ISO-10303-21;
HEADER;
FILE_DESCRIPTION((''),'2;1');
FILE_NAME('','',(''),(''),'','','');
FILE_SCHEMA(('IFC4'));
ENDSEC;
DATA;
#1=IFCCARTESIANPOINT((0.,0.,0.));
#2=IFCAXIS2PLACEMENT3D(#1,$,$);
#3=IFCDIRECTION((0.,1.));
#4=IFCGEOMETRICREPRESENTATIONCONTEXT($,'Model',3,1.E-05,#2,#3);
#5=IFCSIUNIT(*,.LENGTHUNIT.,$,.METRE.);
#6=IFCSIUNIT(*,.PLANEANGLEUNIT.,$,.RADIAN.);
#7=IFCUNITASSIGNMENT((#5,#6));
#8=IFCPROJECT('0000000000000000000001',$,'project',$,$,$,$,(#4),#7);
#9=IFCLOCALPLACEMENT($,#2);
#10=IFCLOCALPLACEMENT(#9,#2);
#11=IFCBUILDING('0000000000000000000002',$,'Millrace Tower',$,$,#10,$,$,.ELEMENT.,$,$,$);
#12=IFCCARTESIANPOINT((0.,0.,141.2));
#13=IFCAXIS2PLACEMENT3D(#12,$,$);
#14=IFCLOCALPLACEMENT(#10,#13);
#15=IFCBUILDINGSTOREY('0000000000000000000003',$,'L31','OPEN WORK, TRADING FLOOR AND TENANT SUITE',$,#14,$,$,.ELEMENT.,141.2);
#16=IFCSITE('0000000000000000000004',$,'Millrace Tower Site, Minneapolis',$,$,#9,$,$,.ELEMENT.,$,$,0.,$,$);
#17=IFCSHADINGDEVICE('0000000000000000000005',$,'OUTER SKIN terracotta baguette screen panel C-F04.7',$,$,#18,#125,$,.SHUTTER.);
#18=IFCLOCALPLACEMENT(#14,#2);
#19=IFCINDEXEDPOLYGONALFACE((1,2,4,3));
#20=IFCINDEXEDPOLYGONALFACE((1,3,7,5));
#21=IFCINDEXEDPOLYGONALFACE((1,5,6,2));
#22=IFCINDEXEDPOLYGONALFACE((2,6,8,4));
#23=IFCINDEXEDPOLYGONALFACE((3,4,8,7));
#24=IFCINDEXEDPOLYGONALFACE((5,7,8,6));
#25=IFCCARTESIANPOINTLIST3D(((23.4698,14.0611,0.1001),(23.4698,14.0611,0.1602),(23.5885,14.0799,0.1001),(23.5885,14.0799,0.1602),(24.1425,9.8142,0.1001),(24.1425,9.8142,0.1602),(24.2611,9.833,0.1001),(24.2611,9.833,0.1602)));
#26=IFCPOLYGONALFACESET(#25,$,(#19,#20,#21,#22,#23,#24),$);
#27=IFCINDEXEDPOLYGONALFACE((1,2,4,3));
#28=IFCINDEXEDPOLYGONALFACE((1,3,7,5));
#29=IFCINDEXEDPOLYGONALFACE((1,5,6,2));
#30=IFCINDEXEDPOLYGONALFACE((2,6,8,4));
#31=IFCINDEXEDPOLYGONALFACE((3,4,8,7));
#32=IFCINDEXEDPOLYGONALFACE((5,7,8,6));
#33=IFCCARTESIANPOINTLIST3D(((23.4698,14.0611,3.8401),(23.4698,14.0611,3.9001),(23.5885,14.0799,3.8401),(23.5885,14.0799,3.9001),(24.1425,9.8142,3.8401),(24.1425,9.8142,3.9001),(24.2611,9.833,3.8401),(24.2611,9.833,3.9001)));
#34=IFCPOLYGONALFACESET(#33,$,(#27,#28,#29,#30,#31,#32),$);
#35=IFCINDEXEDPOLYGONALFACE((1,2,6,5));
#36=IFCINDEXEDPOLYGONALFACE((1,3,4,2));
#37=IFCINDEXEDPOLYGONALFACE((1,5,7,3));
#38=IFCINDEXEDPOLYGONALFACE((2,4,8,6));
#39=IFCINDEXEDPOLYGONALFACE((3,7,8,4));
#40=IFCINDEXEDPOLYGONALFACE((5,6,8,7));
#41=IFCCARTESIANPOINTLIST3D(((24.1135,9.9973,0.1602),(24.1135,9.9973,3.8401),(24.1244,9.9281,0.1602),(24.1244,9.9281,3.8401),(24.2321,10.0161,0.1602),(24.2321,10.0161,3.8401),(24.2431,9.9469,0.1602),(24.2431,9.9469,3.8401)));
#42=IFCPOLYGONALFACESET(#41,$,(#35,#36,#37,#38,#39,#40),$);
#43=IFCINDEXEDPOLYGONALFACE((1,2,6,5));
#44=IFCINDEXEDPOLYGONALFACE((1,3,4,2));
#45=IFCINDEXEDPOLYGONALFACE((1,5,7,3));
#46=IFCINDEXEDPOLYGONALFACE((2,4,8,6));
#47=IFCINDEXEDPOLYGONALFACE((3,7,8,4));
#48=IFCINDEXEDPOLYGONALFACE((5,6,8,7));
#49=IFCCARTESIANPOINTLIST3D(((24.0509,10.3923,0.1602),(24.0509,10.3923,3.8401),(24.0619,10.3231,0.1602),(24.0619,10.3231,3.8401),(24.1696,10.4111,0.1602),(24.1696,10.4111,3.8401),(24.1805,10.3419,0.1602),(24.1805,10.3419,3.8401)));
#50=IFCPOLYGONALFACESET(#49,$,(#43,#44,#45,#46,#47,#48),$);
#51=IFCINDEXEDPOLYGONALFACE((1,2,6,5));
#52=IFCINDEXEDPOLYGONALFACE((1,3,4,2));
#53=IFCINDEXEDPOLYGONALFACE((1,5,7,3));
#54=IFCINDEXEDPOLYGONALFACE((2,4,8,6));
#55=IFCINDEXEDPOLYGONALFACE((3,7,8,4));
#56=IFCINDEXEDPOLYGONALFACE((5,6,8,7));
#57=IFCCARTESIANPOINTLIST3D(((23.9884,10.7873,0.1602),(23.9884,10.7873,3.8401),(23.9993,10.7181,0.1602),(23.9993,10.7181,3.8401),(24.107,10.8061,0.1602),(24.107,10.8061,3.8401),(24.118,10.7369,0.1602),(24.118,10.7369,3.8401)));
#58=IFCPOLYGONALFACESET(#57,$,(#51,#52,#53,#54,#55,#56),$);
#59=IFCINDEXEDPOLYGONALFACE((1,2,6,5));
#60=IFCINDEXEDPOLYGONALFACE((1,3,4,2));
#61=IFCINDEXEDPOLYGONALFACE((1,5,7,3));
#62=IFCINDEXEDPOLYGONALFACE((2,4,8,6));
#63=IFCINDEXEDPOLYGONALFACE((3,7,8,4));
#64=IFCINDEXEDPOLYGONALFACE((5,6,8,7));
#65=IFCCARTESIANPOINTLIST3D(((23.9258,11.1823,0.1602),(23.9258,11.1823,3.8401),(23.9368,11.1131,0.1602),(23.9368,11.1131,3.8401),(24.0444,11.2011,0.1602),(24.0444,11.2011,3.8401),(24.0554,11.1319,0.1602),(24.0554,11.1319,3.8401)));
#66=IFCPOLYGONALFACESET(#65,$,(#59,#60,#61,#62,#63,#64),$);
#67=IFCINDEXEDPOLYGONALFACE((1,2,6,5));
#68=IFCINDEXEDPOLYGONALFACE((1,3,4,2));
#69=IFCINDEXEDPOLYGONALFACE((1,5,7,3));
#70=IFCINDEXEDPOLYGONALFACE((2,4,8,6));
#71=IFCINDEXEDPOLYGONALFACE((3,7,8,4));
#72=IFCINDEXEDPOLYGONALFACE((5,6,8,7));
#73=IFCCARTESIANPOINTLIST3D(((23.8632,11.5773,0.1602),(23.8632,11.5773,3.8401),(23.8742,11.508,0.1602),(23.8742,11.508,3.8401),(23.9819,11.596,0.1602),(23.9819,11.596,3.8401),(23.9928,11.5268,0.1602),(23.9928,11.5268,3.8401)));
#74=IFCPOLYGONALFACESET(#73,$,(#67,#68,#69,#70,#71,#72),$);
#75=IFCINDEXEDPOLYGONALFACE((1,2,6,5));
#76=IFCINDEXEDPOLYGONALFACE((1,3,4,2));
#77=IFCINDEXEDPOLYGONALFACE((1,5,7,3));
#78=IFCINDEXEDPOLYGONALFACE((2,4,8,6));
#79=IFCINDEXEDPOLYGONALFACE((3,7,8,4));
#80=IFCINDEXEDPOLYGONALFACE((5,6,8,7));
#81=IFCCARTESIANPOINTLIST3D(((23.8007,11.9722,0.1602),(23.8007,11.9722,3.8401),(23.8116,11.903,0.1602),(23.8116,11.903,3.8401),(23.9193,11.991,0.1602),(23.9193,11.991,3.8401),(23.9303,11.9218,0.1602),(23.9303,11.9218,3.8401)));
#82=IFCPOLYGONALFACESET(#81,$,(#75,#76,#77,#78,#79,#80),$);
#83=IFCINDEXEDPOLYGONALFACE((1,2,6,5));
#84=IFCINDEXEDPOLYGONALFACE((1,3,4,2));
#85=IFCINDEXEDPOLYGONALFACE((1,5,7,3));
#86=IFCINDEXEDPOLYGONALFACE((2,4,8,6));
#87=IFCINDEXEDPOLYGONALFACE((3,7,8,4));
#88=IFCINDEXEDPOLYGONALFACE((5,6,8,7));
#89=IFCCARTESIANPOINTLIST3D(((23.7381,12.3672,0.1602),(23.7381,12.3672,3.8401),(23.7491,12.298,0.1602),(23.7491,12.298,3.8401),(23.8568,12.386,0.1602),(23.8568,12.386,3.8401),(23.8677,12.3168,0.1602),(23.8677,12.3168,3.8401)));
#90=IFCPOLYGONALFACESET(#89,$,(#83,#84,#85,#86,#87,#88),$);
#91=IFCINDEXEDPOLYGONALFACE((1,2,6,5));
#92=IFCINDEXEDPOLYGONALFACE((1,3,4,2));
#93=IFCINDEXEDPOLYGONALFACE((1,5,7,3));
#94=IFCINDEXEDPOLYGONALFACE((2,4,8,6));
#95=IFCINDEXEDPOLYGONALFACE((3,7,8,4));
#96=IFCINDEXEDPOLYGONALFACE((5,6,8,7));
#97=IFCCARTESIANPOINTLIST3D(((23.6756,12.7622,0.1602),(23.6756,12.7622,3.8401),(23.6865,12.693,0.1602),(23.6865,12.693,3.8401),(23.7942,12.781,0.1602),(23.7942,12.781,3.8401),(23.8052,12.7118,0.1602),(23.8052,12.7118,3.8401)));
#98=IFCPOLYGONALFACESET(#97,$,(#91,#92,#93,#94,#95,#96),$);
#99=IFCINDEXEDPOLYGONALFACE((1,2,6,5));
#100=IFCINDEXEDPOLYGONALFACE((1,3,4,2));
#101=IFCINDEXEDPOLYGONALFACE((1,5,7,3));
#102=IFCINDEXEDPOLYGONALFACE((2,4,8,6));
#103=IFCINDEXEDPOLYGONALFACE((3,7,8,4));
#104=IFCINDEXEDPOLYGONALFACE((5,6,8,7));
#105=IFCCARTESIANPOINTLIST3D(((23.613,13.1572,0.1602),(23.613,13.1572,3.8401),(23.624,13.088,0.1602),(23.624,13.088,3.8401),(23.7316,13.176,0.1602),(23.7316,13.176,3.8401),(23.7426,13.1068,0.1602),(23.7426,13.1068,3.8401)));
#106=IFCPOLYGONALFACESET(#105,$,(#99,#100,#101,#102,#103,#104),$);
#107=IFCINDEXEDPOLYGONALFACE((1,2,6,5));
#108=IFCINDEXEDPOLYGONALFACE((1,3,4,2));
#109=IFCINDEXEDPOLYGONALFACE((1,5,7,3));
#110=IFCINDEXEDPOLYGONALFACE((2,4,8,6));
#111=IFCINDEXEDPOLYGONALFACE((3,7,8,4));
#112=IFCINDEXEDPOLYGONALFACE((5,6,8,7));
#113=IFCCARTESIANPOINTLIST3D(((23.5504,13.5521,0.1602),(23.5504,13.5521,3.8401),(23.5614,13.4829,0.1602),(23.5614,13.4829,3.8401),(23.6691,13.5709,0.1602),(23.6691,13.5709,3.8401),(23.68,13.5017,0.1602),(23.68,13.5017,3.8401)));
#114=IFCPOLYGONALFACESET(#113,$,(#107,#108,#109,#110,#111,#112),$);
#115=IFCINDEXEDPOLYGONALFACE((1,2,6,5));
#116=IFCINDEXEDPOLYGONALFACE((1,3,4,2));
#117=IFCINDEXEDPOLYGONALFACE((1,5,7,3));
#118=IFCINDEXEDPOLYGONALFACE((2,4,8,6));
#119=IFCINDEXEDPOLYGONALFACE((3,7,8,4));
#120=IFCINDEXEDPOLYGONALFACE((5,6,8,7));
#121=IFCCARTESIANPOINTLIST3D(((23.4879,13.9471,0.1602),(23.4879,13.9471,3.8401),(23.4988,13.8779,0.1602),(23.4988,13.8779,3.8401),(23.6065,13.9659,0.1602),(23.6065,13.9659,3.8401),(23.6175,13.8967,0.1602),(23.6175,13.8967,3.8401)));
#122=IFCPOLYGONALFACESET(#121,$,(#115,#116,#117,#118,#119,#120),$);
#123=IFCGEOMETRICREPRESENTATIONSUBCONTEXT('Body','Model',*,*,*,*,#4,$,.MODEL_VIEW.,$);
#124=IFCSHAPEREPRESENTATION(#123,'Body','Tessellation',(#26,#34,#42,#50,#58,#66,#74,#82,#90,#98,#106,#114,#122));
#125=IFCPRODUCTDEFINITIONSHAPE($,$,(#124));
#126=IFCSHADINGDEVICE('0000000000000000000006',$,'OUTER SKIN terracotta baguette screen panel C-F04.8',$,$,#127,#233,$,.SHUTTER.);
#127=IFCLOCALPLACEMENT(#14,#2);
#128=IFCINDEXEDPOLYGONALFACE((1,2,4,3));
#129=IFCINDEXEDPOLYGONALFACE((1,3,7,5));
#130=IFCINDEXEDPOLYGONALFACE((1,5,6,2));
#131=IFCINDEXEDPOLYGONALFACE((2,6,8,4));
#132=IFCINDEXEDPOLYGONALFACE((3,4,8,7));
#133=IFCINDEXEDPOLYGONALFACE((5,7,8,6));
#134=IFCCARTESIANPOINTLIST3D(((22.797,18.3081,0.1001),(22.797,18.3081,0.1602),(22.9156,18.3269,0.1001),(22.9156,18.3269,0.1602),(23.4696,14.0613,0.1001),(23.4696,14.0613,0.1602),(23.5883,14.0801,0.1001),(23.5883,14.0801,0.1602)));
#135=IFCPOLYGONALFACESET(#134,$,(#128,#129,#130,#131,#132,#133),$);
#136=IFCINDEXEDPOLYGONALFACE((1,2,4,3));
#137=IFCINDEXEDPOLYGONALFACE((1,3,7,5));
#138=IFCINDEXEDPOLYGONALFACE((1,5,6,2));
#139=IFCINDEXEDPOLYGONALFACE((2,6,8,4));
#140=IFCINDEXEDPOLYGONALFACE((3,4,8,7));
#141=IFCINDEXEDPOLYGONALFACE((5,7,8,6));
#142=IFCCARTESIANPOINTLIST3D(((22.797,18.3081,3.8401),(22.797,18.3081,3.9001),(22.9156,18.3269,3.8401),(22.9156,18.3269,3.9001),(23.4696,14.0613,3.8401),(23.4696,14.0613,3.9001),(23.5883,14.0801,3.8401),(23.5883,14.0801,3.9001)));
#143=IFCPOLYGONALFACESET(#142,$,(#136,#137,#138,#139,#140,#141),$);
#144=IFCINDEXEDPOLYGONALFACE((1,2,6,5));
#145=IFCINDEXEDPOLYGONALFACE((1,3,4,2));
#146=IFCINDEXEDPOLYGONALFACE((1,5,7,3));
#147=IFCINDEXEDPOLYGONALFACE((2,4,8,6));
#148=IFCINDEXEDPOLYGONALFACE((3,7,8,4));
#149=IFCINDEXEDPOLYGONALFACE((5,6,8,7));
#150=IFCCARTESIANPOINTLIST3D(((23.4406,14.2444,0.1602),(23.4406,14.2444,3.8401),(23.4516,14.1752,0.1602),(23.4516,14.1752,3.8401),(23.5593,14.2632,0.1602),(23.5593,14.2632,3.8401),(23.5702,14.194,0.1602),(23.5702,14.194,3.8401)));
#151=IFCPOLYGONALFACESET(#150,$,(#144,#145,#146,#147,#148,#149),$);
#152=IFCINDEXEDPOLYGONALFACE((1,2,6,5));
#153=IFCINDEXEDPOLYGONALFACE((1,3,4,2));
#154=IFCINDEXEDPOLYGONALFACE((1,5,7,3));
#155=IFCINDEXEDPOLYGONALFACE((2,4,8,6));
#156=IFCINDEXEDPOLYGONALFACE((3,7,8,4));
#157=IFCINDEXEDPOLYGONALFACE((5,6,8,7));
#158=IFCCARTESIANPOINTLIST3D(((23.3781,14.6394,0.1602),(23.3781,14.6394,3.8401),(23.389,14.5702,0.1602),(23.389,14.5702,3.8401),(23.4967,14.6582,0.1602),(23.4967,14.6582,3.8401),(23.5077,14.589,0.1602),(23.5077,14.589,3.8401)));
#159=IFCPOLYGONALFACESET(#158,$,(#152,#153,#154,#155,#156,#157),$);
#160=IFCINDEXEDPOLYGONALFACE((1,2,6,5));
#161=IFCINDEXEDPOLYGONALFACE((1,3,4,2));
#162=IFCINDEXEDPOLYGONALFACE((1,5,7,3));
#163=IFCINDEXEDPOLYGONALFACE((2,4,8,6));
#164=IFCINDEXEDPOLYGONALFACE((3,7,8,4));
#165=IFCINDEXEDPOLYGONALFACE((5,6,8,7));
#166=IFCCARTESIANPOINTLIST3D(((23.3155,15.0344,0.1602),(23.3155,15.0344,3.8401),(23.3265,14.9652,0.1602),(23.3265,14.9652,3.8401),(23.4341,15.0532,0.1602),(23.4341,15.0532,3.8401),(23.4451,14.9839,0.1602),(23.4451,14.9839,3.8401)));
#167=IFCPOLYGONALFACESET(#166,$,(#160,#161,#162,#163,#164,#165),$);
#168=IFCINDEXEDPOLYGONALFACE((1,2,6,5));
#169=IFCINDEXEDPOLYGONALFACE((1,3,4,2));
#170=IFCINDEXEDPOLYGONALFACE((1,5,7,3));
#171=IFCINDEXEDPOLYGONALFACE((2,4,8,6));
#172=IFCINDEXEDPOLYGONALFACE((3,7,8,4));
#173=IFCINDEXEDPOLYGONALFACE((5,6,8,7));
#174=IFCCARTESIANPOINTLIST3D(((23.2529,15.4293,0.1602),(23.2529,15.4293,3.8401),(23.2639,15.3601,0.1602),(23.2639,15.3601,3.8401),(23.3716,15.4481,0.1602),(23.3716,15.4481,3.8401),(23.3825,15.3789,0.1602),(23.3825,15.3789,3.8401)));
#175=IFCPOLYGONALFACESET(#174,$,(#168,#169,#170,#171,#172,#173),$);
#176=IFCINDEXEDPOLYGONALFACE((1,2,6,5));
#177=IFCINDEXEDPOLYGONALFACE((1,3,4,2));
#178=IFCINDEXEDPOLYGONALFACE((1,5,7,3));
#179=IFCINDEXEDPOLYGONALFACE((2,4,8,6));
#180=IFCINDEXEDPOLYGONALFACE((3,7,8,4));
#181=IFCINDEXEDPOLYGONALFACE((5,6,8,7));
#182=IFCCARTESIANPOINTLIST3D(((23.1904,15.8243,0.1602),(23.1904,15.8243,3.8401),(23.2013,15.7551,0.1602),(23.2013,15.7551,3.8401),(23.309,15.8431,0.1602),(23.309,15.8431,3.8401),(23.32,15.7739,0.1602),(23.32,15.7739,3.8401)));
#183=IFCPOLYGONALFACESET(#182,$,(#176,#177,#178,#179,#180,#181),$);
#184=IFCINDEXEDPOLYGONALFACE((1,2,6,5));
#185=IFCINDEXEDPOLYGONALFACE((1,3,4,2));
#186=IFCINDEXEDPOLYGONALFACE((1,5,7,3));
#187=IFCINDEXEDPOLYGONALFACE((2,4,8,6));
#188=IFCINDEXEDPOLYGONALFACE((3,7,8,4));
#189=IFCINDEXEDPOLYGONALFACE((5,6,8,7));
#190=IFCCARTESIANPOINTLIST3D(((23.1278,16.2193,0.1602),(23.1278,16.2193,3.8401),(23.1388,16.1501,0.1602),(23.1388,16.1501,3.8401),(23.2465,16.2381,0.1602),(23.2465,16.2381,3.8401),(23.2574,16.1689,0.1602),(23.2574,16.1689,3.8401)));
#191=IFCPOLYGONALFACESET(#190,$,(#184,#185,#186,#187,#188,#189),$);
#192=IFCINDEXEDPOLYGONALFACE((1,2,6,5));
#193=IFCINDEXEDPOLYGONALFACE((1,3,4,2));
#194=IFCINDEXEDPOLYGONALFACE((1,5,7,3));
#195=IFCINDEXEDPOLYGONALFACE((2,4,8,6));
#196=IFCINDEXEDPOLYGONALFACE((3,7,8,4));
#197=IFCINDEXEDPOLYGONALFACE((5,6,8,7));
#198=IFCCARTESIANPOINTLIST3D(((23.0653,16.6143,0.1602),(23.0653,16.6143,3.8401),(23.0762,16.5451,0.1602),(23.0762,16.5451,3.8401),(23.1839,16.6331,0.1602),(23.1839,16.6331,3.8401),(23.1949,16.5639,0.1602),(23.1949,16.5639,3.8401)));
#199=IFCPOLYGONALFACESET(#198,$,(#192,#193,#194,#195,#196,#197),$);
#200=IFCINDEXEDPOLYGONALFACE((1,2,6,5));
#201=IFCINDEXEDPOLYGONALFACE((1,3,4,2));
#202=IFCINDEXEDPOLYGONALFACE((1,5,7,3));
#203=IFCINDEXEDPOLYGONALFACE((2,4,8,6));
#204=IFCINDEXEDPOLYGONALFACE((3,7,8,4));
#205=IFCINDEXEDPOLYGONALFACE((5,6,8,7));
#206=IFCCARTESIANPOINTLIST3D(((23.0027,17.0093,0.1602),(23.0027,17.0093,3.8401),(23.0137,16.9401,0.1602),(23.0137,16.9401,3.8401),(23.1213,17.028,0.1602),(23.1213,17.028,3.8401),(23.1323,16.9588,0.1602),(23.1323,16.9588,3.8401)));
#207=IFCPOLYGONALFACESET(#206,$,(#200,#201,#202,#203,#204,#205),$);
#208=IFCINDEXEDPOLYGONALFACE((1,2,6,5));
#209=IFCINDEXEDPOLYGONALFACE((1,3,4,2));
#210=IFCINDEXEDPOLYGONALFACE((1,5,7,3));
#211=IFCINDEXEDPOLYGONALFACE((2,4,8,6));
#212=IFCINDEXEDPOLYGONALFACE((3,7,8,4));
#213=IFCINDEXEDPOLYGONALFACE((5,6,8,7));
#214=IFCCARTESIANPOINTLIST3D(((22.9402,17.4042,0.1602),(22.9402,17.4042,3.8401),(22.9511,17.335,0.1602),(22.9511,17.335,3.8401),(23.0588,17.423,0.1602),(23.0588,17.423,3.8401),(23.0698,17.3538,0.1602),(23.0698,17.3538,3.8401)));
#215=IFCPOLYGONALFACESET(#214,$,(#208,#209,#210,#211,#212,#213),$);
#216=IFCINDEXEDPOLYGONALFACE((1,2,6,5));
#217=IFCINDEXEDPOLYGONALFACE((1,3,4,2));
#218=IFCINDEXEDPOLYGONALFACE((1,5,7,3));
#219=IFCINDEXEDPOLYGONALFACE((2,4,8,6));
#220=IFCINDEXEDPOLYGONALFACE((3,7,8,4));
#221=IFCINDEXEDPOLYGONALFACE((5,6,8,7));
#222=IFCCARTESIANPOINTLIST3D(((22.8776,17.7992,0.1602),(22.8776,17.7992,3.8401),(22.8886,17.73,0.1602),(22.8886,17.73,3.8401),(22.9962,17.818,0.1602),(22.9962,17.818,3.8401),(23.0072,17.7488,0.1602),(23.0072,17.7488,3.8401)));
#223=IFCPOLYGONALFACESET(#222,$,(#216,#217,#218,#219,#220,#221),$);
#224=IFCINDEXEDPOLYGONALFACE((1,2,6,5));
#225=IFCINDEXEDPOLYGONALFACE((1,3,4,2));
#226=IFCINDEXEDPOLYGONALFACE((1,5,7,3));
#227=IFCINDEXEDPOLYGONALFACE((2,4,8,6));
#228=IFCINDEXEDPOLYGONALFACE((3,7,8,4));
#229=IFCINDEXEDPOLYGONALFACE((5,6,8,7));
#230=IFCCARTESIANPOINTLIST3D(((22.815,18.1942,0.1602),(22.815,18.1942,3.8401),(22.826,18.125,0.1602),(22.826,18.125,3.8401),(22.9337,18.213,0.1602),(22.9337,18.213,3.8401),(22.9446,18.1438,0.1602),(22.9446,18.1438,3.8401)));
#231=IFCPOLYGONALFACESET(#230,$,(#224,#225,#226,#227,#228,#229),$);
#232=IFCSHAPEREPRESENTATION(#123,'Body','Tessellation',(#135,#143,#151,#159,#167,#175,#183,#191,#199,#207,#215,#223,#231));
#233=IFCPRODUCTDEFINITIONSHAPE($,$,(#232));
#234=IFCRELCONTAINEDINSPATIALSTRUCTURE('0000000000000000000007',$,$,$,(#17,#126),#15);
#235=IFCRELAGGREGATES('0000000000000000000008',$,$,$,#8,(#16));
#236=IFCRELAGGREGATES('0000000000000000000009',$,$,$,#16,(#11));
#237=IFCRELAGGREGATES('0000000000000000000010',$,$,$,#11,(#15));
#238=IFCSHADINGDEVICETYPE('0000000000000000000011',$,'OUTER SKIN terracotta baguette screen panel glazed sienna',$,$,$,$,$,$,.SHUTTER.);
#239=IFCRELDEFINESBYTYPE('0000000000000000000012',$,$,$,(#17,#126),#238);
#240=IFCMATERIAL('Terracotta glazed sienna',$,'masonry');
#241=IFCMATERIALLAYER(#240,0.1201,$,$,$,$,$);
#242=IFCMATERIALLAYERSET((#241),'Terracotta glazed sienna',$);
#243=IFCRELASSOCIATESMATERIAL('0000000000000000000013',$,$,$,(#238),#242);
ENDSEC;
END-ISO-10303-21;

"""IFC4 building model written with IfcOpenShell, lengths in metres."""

from ifc_helpers import new_model, entity, si_unit, direction, frame, frame_2d, origin, origin_2d, place, context, subcontext, project, spatial, rectangle, extrude, source, transform, mapped, material, layer, layer_set, type_object, element, save


model = new_model("IFC4")

# Units and contexts
model_context = context("Model", 3, precision=1e-05, world=origin(), true_north=direction((0.0, 1.0)))
body_context = subcontext(model_context, "Body", "Model", "MODEL_VIEW")
ifc_project = project(units=[si_unit("LENGTHUNIT", "METRE"), si_unit("PLANEANGLEUNIT", "RADIAN")], contexts=[model_context])

# Site, building, storey
site_placement = place(None, origin())
site = spatial("IfcSite", under=ifc_project, at=site_placement, Name="Millrace Tower Site, Minneapolis", CompositionType="ELEMENT", RefElevation=0.0)
building_placement = place(site_placement, origin())
building = spatial("IfcBuilding", under=site, at=building_placement, Name="Millrace Tower", CompositionType="ELEMENT")
storey_placement = place(building_placement, frame((0.0, 0.0, 141.2)))
storey = spatial("IfcBuildingStorey", under=building, at=storey_placement, Name="L31", Description="OPEN WORK, TRADING FLOOR AND TENANT SUITE", CompositionType="ELEMENT", Elevation=141.2)

# Shading devices
ifc_material_1 = material(Name="Terracotta glazed sienna", Category="masonry")
ifc_layer_1 = layer(ifc_material_1, 0.1201)
ifc_layer_set_1 = layer_set([ifc_layer_1], Name="Terracotta glazed sienna")
shading_device_type = type_object("IfcShadingDeviceType", Name="OUTER SKIN terracotta baguette screen panel glazed sienna", PredefinedType="SHUTTER", material=ifc_layer_set_1)
cartesian_point_1 = entity("IfcCartesianPoint", [-2.1499, 0.0601])
shared_polyline_1 = entity("IfcPolyline", [cartesian_point_1, entity("IfcCartesianPoint", [2.1499, 0.0601]), entity("IfcCartesianPoint", [2.1499, -0.0601]), entity("IfcCartesianPoint", [-2.1499, -0.0601]), cartesian_point_1])
shared_shape_1 = source(origin(), body_context, "Body", "SweptSolid", [
    entity("IfcExtrudedAreaSolid", entity("IfcArbitraryClosedProfileDef", "AREA", None, shared_polyline_1), entity("IfcAxis2Placement3D", entity("IfcCartesianPoint", [0.0, 0.0, 0.0])), entity("IfcDirection", [0.0, 0.0, 1.0]), 0.0601),
    entity("IfcExtrudedAreaSolid", entity("IfcArbitraryClosedProfileDef", "AREA", None, shared_polyline_1), entity("IfcAxis2Placement3D", entity("IfcCartesianPoint", [0.0, 0.0, 3.74])), entity("IfcDirection", [0.0, 0.0, 1.0]), 0.0601),
    extrude(rectangle(XDim=0.0701, YDim=0.1201, at=frame_2d((-1.9995, 0.0))), frame((0.0, 0.0, 0.0601)), (0.0, 0.0, 1.0), 3.6799),
    extrude(rectangle(XDim=0.0701, YDim=0.1201, at=frame_2d((-1.5996, 0.0))), frame((0.0, 0.0, 0.0601)), (0.0, 0.0, 1.0), 3.6799),
    extrude(rectangle(XDim=0.0701, YDim=0.1201, at=frame_2d((-1.1997, 0.0))), frame((0.0, 0.0, 0.0601)), (0.0, 0.0, 1.0), 3.6799),
    extrude(rectangle(XDim=0.0701, YDim=0.1201, at=frame_2d((-0.7998, 0.0))), frame((0.0, 0.0, 0.0601)), (0.0, 0.0, 1.0), 3.6799),
    extrude(rectangle(XDim=0.0701, YDim=0.1201, at=frame_2d((-0.3999, 0.0))), frame((0.0, 0.0, 0.0601)), (0.0, 0.0, 1.0), 3.6799),
    extrude(rectangle(XDim=0.0701, YDim=0.1201, at=origin_2d()), frame((0.0, 0.0, 0.0601)), (0.0, 0.0, 1.0), 3.6799),
    extrude(rectangle(XDim=0.0701, YDim=0.1201, at=frame_2d((0.3999, 0.0))), frame((0.0, 0.0, 0.0601)), (0.0, 0.0, 1.0), 3.6799),
    extrude(rectangle(XDim=0.0701, YDim=0.1201, at=frame_2d((0.7998, 0.0))), frame((0.0, 0.0, 0.0601)), (0.0, 0.0, 1.0), 3.6799),
    extrude(rectangle(XDim=0.0701, YDim=0.1201, at=frame_2d((1.1997, 0.0))), frame((0.0, 0.0, 0.0601)), (0.0, 0.0, 1.0), 3.6799),
    extrude(rectangle(XDim=0.0701, YDim=0.1201, at=frame_2d((1.5996, 0.0))), frame((0.0, 0.0, 0.0601)), (0.0, 0.0, 1.0), 3.6799),
    extrude(rectangle(XDim=0.0701, YDim=0.1201, at=frame_2d((1.9995, 0.0))), frame((0.0, 0.0, 0.0601)), (0.0, 0.0, 1.0), 3.6799),
])
for number, where, z_axis, x_axis, name in (
    (1, (23.8655, 11.947, 0.1001), (0.0, 0.0, 1.0), (-0.156434, 0.987688, 0.0), "OUTER SKIN terracotta baguette screen panel C-F04.7"),
    (2, (23.1926, 16.1941, 0.1001), (0.0, 0.0, 1.0), (-0.156434, 0.987688, 0.0), "OUTER SKIN terracotta baguette screen panel C-F04.8"),
):
    element("IfcShadingDevice", number, at=place(storey_placement, frame(where, z_axis=z_axis, x_axis=x_axis)), inside=storey, type_object=shading_device_type, Name=name, PredefinedType="SHUTTER", context=body_context, shape_type="MappedRepresentation", body=[
        mapped(shared_shape_1, transform((0.0, 0.0, 0.0), scale=1.0)),
    ])

save(model, "model.ifc")
